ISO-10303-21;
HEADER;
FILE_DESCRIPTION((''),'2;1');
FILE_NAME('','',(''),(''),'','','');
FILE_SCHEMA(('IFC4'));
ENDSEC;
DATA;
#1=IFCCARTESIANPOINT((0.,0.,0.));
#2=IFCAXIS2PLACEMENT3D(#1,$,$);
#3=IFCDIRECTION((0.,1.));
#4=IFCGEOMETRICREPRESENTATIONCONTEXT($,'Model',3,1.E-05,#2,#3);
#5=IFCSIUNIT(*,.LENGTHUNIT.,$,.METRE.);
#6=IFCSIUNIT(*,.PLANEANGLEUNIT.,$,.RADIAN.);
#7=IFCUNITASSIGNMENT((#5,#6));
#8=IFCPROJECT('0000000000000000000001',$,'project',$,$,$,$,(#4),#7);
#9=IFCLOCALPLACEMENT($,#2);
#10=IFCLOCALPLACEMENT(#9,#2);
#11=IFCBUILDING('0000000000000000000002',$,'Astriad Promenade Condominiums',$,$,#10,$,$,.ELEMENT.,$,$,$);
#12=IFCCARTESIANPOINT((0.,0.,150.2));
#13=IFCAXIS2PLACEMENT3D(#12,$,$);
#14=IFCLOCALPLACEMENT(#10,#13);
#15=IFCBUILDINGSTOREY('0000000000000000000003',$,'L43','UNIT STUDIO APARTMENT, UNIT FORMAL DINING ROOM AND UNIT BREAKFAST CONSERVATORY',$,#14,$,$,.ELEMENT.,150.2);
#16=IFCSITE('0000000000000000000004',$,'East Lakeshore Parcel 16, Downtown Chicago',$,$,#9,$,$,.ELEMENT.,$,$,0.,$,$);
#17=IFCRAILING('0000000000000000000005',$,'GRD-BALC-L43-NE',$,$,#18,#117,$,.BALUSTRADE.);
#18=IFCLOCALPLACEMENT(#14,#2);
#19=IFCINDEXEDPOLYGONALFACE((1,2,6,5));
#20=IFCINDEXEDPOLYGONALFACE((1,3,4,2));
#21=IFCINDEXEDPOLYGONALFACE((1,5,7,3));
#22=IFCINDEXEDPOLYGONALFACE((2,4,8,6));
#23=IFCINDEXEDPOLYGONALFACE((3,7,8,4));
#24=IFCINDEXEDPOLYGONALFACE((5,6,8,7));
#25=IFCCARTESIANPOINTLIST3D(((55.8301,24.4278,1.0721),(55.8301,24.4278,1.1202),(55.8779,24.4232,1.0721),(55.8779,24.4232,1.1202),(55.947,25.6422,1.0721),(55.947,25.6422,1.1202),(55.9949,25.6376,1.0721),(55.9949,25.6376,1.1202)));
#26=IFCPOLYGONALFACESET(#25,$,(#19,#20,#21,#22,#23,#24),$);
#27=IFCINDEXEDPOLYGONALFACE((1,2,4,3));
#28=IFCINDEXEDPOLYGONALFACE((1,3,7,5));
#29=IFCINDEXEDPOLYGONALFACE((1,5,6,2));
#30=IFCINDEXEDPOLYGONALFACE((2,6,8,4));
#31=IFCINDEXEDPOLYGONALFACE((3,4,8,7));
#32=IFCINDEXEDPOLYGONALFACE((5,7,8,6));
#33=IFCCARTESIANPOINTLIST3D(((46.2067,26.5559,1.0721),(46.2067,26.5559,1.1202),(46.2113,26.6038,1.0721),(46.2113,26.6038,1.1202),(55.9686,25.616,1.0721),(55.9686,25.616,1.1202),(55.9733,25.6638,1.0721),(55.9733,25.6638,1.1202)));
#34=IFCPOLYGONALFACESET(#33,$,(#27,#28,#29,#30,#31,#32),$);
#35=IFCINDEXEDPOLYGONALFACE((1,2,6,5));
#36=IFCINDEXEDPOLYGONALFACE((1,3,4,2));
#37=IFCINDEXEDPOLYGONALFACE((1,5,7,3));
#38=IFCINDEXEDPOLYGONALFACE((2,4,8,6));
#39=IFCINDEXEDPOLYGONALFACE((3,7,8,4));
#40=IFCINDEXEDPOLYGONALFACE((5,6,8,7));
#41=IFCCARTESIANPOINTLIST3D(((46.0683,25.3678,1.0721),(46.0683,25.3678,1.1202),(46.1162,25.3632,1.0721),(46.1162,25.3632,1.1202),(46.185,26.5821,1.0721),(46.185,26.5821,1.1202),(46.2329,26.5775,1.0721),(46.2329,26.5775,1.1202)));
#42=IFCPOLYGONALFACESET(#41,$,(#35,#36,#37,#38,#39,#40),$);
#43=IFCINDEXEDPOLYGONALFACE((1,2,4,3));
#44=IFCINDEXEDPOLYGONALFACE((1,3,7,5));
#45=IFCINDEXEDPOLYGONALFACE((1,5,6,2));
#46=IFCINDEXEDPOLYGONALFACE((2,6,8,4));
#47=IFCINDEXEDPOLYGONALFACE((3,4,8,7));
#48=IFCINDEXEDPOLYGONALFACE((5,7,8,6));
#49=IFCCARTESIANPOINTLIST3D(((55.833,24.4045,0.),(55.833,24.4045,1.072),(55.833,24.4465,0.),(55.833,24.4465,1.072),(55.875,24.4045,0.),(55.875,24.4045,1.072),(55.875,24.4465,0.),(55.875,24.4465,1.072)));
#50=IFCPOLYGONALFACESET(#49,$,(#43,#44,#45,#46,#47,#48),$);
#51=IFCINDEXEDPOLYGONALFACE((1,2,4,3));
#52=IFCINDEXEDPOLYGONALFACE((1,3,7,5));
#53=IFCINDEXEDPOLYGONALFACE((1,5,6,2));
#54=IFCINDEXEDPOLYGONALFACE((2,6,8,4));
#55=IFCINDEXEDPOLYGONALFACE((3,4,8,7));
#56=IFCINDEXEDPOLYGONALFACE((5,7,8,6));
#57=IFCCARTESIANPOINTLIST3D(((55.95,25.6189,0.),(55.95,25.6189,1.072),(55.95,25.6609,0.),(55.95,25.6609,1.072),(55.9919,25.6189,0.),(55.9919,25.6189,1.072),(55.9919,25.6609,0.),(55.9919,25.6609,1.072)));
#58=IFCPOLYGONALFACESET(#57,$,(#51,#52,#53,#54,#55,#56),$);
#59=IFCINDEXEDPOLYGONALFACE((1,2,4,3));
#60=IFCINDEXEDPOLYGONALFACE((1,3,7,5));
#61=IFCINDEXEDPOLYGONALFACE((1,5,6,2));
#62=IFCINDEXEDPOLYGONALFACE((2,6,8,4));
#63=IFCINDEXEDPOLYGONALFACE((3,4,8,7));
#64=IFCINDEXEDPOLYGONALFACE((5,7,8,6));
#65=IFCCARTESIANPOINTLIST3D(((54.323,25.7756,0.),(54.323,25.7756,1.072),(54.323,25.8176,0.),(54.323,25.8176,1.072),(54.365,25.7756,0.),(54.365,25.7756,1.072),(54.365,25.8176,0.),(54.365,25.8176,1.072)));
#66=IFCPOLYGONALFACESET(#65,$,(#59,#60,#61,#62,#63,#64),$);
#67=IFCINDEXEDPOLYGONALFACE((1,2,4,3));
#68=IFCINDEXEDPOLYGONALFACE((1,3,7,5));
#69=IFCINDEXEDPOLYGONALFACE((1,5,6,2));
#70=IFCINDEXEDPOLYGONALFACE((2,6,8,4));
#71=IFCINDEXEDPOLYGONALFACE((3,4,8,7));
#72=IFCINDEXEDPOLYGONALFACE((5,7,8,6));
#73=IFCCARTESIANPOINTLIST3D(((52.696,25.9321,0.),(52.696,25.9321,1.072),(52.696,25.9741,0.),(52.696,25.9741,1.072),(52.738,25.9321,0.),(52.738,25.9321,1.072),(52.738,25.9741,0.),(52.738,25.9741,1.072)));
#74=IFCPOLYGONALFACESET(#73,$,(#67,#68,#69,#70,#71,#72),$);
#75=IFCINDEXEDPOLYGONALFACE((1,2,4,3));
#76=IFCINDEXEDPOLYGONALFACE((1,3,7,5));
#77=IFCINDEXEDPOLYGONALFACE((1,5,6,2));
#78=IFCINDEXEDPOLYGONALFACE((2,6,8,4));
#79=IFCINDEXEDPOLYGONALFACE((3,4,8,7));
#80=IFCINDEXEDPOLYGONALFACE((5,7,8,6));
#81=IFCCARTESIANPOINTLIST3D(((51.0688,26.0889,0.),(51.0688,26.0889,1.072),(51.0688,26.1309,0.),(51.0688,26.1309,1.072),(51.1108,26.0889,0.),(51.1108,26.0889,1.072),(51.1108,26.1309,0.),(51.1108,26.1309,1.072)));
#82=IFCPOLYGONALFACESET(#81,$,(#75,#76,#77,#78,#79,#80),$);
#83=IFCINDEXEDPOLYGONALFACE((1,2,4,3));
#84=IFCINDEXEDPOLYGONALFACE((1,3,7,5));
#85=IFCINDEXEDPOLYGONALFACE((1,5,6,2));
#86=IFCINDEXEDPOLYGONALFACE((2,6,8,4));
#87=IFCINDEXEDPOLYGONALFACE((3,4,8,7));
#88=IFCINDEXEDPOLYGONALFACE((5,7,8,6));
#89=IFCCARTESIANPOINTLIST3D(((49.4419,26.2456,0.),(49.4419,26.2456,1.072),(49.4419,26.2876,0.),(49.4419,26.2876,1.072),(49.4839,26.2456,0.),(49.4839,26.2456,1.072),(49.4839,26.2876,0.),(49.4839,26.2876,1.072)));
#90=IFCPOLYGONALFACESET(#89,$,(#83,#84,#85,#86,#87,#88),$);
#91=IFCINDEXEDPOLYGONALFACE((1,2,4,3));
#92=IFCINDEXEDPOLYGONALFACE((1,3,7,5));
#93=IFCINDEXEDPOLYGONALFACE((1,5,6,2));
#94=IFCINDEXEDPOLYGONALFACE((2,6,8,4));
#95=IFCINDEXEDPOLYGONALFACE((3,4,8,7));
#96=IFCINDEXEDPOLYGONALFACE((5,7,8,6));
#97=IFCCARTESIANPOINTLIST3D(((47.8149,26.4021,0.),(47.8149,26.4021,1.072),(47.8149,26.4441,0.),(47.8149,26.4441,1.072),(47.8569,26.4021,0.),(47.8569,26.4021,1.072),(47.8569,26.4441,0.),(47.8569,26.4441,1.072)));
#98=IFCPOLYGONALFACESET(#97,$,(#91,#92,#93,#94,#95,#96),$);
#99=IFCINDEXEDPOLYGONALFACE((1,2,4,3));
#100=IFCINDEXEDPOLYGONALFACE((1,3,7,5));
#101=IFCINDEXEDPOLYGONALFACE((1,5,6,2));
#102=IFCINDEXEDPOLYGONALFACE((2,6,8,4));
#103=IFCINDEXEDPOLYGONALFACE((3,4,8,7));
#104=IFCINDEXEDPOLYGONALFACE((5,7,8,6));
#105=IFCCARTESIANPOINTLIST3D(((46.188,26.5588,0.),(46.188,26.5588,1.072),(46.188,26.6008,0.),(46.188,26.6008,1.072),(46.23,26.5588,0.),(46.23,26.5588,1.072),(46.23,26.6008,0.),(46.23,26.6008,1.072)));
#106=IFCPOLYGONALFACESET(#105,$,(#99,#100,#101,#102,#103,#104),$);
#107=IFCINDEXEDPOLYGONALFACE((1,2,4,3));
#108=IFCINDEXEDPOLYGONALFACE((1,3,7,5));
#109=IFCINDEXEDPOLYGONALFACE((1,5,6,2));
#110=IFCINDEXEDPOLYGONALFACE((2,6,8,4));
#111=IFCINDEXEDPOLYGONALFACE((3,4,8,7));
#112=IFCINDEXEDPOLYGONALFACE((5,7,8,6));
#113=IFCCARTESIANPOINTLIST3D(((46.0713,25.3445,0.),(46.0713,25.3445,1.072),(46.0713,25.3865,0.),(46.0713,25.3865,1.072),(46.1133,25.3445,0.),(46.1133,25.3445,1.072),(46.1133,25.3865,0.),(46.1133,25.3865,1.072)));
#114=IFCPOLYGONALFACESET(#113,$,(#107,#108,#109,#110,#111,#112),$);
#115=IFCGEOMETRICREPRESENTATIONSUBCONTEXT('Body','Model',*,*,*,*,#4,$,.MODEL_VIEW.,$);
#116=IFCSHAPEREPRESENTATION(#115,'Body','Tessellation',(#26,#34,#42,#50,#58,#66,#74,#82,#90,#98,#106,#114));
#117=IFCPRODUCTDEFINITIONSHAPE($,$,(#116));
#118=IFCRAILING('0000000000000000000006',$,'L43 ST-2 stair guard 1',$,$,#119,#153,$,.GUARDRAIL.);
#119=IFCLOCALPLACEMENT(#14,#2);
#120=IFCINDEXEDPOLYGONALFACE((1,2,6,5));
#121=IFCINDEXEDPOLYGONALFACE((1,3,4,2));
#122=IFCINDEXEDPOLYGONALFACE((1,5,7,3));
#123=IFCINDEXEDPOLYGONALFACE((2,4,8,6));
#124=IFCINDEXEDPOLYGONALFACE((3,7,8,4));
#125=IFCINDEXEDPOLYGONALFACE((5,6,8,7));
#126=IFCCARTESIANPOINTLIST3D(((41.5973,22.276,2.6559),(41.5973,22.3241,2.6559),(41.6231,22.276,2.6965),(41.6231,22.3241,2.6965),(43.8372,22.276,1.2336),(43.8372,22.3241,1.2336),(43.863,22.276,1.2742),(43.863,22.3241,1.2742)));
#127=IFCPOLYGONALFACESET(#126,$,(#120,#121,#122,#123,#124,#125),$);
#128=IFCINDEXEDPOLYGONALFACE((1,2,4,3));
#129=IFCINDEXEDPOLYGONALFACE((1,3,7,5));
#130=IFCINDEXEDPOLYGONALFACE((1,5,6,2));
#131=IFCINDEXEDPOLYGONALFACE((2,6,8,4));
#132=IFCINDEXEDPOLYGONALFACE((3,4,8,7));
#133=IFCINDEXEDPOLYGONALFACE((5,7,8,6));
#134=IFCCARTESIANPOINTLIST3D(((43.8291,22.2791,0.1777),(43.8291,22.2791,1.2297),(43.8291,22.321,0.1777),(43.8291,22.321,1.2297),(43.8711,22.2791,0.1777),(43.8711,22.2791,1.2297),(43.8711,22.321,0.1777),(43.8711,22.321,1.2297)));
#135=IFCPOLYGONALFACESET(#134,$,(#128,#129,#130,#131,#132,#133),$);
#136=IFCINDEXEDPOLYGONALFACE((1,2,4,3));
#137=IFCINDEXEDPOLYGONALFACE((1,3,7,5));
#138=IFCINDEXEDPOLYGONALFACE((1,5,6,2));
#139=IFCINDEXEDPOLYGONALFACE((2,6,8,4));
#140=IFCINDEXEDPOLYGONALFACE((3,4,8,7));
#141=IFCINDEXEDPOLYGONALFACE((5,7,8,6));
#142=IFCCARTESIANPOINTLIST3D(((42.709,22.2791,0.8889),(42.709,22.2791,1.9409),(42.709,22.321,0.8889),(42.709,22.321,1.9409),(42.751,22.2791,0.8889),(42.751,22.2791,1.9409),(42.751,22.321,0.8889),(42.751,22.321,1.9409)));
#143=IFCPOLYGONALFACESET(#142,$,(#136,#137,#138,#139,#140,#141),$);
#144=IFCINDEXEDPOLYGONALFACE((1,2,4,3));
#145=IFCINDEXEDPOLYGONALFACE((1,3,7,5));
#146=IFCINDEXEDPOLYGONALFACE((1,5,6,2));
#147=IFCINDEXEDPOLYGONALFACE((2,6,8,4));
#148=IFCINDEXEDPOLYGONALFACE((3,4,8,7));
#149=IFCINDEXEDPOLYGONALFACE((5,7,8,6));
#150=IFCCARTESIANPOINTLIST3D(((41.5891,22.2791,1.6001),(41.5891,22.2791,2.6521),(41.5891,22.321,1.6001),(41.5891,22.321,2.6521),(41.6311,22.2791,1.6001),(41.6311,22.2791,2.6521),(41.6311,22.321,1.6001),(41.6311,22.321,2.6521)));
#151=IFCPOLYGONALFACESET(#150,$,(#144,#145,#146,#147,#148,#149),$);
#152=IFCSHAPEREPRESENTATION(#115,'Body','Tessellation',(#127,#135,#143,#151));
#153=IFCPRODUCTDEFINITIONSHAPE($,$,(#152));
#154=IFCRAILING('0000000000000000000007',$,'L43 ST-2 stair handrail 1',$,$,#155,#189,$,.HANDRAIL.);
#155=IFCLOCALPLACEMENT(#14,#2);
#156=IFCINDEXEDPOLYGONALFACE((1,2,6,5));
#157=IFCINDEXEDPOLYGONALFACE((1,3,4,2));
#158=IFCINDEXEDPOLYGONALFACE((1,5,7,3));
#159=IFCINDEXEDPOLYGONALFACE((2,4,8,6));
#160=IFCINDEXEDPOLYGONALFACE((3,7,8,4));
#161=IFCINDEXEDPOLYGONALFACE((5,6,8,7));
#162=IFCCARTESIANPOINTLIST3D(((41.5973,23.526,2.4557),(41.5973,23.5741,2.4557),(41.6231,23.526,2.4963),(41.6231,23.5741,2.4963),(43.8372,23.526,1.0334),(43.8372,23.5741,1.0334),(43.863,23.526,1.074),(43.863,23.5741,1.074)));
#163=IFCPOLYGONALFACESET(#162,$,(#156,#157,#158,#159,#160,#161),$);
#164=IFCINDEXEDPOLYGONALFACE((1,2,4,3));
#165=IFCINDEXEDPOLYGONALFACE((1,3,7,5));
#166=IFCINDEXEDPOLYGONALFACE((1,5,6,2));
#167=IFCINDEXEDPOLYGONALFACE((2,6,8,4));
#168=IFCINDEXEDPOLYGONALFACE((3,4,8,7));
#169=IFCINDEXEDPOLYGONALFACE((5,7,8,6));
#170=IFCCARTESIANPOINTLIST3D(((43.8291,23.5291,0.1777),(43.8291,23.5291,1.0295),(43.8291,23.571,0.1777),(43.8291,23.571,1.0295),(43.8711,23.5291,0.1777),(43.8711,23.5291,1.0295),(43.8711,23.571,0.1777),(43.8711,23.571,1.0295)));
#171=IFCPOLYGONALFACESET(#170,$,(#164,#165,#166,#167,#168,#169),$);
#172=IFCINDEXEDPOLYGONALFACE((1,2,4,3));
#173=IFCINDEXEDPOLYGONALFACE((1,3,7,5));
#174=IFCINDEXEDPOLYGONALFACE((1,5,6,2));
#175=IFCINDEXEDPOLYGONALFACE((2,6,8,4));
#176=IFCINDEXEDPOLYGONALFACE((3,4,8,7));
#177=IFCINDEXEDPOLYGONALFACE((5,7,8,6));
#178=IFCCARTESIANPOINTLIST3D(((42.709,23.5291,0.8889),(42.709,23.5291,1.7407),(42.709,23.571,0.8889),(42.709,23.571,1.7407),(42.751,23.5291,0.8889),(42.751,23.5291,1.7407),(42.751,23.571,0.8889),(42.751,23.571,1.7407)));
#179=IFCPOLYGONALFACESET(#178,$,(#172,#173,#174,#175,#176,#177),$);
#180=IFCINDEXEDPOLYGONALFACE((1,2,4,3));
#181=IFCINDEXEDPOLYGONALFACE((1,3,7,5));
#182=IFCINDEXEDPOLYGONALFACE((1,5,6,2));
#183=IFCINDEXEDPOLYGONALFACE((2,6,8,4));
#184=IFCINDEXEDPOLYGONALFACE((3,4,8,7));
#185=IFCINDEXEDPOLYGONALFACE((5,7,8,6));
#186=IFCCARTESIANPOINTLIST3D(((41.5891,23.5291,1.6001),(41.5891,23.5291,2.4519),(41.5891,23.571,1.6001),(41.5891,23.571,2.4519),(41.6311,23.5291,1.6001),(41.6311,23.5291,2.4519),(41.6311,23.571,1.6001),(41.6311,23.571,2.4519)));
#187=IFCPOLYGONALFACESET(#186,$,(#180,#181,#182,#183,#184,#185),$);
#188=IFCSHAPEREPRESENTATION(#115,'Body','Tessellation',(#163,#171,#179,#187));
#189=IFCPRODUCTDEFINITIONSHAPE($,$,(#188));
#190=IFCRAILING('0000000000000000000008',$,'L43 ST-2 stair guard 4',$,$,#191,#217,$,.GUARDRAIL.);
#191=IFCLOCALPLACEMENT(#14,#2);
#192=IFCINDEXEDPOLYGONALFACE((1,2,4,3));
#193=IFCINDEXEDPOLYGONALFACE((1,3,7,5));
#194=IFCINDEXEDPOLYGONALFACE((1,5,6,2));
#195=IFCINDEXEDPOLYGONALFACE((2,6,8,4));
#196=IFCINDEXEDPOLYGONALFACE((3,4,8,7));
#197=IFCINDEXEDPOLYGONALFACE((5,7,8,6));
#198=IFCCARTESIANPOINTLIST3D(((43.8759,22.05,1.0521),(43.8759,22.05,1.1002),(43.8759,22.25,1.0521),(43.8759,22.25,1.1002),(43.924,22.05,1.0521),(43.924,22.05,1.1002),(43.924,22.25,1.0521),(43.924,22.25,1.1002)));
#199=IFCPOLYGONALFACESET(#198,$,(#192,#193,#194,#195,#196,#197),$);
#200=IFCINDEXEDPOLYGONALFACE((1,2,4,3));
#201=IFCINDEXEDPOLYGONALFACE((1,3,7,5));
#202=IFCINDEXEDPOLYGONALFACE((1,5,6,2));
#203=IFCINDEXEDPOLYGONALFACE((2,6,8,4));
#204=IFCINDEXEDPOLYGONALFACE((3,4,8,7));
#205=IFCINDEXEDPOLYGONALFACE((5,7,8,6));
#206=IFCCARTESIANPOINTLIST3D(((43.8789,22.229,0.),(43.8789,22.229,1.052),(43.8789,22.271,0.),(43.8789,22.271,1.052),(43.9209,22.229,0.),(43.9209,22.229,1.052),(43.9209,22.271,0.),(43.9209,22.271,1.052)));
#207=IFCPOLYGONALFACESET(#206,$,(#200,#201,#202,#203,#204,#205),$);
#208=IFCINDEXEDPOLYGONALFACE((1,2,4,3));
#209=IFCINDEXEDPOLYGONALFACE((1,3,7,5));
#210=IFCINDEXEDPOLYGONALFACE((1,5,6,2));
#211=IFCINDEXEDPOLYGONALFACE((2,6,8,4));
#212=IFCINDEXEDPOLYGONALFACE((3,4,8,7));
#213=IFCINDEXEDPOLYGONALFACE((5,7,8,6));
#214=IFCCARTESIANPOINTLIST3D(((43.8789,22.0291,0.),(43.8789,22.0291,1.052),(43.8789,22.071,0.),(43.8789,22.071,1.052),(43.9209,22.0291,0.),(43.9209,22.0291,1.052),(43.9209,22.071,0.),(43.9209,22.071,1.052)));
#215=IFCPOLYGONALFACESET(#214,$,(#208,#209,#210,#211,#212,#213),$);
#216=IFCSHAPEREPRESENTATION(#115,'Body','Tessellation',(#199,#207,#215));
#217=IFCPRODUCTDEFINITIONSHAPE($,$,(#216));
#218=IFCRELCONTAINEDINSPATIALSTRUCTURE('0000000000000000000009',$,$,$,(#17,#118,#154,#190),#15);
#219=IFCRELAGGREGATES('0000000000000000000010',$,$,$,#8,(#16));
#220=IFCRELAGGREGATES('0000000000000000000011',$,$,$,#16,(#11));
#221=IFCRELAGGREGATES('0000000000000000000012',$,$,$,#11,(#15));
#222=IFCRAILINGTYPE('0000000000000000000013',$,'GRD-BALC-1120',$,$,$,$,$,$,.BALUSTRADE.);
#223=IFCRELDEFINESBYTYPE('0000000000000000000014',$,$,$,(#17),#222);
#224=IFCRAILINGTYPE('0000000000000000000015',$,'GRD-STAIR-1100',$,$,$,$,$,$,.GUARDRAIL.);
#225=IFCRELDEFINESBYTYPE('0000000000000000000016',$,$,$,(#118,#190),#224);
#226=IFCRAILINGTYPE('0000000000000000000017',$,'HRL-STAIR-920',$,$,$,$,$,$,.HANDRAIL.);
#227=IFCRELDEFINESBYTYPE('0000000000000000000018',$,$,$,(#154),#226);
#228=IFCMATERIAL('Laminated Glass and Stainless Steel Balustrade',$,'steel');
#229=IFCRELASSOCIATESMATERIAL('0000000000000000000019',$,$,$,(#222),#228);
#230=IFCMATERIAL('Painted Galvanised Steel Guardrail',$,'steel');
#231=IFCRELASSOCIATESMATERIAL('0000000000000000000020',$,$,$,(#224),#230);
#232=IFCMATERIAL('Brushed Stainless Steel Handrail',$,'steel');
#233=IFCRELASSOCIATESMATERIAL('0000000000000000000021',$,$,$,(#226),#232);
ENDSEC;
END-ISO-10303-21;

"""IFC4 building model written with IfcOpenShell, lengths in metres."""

from ifc_helpers import new_model, si_unit, direction, frame, origin, origin_2d, place, context, subcontext, project, spatial, rectangle, extrude, source, transform, mapped, material, type_object, type_shapes, element, save


model = new_model("IFC4")

# Units and contexts
model_context = context("Model", 3, precision=1e-05, world=origin(), true_north=direction((0.0, 1.0)))
body_context = subcontext(model_context, "Body", "Model", "MODEL_VIEW")
ifc_project = project(units=[si_unit("LENGTHUNIT", "METRE"), si_unit("PLANEANGLEUNIT", "RADIAN")], contexts=[model_context])

# Site, building, storey
site_placement = place(None, origin())
site = spatial("IfcSite", under=ifc_project, at=site_placement, Name="East Lakeshore Parcel 16, Downtown Chicago", CompositionType="ELEMENT", RefElevation=0.0)
building_placement = place(site_placement, origin())
building = spatial("IfcBuilding", under=site, at=building_placement, Name="Astriad Promenade Condominiums", CompositionType="ELEMENT")
storey_placement = place(building_placement, frame((0.0, 0.0, 150.2)))
storey = spatial("IfcBuildingStorey", under=building, at=storey_placement, Name="L43", Description="UNIT STUDIO APARTMENT, UNIT FORMAL DINING ROOM AND UNIT BREAKFAST CONSERVATORY", CompositionType="ELEMENT", Elevation=150.2)

# Railings
ifc_material_1 = material(Name="Laminated Glass and Stainless Steel Balustrade", Category="steel")
railing_type_1 = type_object("IfcRailingType", Name="GRD-BALC-1120", PredefinedType="BALUSTRADE", material=ifc_material_1)
shared_shape_1 = source(origin(), body_context, "Body", "SweptSolid", [
    extrude(rectangle(XDim=0.0481, YDim=0.0481, at=origin_2d()), frame((0.0, 0.0, 1.0962), z_axis=(0.095857, 0.995395, 0.0), x_axis=(-0.995395, 0.095857, 0.0)), (0.0, 0.0, 1.0), 1.22),
    extrude(rectangle(XDim=0.0481, YDim=0.0481, at=origin_2d()), frame((0.1169, 1.2144, 1.0962), z_axis=(-0.995396, 0.095843, 0.0), x_axis=(-0.095843, -0.995396, 0.0)), (0.0, 0.0, 1.0), 9.8071),
    extrude(rectangle(XDim=0.0481, YDim=0.0481, at=origin_2d()), frame((-9.645, 2.1543, 1.0962), z_axis=(-0.095659, -0.995414, 0.0), x_axis=(0.995414, -0.095659, 0.0)), (0.0, 0.0, 1.0), 1.22),
    extrude(rectangle(XDim=0.042, YDim=0.042, at=origin_2d()), origin(), (0.0, 0.0, 1.0), 1.072),
    extrude(rectangle(XDim=0.042, YDim=0.042, at=origin_2d()), frame((0.1169, 1.2144, 0.0)), (0.0, 0.0, 1.0), 1.072),
    extrude(rectangle(XDim=0.042, YDim=0.042, at=origin_2d()), frame((-1.51, 1.3711, 0.0)), (0.0, 0.0, 1.0), 1.072),
    extrude(rectangle(XDim=0.042, YDim=0.042, at=origin_2d()), frame((-3.137, 1.5276, 0.0)), (0.0, 0.0, 1.0), 1.072),
    extrude(rectangle(XDim=0.042, YDim=0.042, at=origin_2d()), frame((-4.7642, 1.6843, 0.0)), (0.0, 0.0, 1.0), 1.072),
    extrude(rectangle(XDim=0.042, YDim=0.042, at=origin_2d()), frame((-6.3911, 1.8411, 0.0)), (0.0, 0.0, 1.0), 1.072),
    extrude(rectangle(XDim=0.042, YDim=0.042, at=origin_2d()), frame((-8.0181, 1.9976, 0.0)), (0.0, 0.0, 1.0), 1.072),
    extrude(rectangle(XDim=0.042, YDim=0.042, at=origin_2d()), frame((-9.645, 2.1543, 0.0)), (0.0, 0.0, 1.0), 1.072),
    extrude(rectangle(XDim=0.042, YDim=0.042, at=origin_2d()), frame((-9.7617, 0.9399, 0.0)), (0.0, 0.0, 1.0), 1.072),
])
type_shapes(railing_type_1, [shared_shape_1])
railing_1_placement = place(storey_placement, frame((55.854, 24.4255, 0.0)))
element("IfcRailing", 1, at=railing_1_placement, inside=storey, type_object=railing_type_1, Name="GRD-BALC-L43-NE", PredefinedType="BALUSTRADE", context=body_context, shape_type="MappedRepresentation", body=[
    mapped(shared_shape_1, transform((0.0, 0.0, 0.0), scale=1.0)),
])
ifc_material_2 = material(Name="Painted Galvanised Steel Guardrail", Category="steel")
railing_type_2 = type_object("IfcRailingType", Name="GRD-STAIR-1100", PredefinedType="GUARDRAIL", material=ifc_material_2)
shared_shape_2 = source(origin(), body_context, "Body", "SweptSolid", [
    extrude(rectangle(XDim=0.0481, YDim=0.0481, at=origin_2d()), frame((0.0, 0.0, 1.0762), z_axis=(-0.844188, 0.0, 0.536048), x_axis=(0.0, -1.0, 0.0)), (0.0, 0.0, 1.0), 2.6533),
    extrude(rectangle(XDim=0.042, YDim=0.042, at=origin_2d()), origin(), (0.0, 0.0, 1.0), 1.052),
    extrude(rectangle(XDim=0.042, YDim=0.042, at=origin_2d()), frame((-1.1201, 0.0, 0.7112)), (0.0, 0.0, 1.0), 1.052),
    extrude(rectangle(XDim=0.042, YDim=0.042, at=origin_2d()), frame((-2.24, 0.0, 1.4224)), (0.0, 0.0, 1.0), 1.052),
])
railing_2_placement = place(storey_placement, frame((43.8501, 22.3, 0.1777)))
element("IfcRailing", 2, at=railing_2_placement, inside=storey, type_object=railing_type_2, Name="L43 ST-2 stair guard 1", PredefinedType="GUARDRAIL", context=body_context, shape_type="MappedRepresentation", body=[
    mapped(shared_shape_2, transform((0.0, 0.0, 0.0), scale=1.0)),
])
ifc_material_3 = material(Name="Brushed Stainless Steel Handrail", Category="steel")
railing_type_3 = type_object("IfcRailingType", Name="HRL-STAIR-920", PredefinedType="HANDRAIL", material=ifc_material_3)
shared_shape_3 = source(origin(), body_context, "Body", "SweptSolid", [
    extrude(rectangle(XDim=0.0481, YDim=0.0481, at=origin_2d()), frame((0.0, 0.0, 0.876), z_axis=(-0.844188, 0.0, 0.536048), x_axis=(0.0, -1.0, 0.0)), (0.0, 0.0, 1.0), 2.6533),
    extrude(rectangle(XDim=0.042, YDim=0.042, at=origin_2d()), origin(), (0.0, 0.0, 1.0), 0.8518),
    extrude(rectangle(XDim=0.042, YDim=0.042, at=origin_2d()), frame((-1.1201, 0.0, 0.7112)), (0.0, 0.0, 1.0), 0.8518),
    extrude(rectangle(XDim=0.042, YDim=0.042, at=origin_2d()), frame((-2.24, 0.0, 1.4224)), (0.0, 0.0, 1.0), 0.8518),
])
type_shapes(railing_type_3, [shared_shape_3])
railing_3_placement = place(storey_placement, frame((43.8501, 23.55, 0.1777)))
element("IfcRailing", 3, at=railing_3_placement, inside=storey, type_object=railing_type_3, Name="L43 ST-2 stair handrail 1", PredefinedType="HANDRAIL", context=body_context, shape_type="MappedRepresentation", body=[
    mapped(shared_shape_3, transform((0.0, 0.0, 0.0), scale=1.0)),
])
shared_shape_4 = source(origin(), body_context, "Body", "SweptSolid", [
    extrude(rectangle(XDim=0.0481, YDim=0.0481, at=origin_2d()), frame((0.0, 0.0, 1.0762), z_axis=(0.0, -1.0, 0.0), x_axis=(1.0, 0.0, 0.0)), (0.0, 0.0, 1.0), 0.2),
    extrude(rectangle(XDim=0.042, YDim=0.042, at=origin_2d()), origin(), (0.0, 0.0, 1.0), 1.052),
    extrude(rectangle(XDim=0.042, YDim=0.042, at=origin_2d()), frame((0.0, -0.2, 0.0)), (0.0, 0.0, 1.0), 1.052),
])
type_shapes(railing_type_2, [shared_shape_2, shared_shape_4])
railing_4_placement = place(storey_placement, frame((43.8999, 22.25, 0.0)))
element("IfcRailing", 4, at=railing_4_placement, inside=storey, type_object=railing_type_2, Name="L43 ST-2 stair guard 4", PredefinedType="GUARDRAIL", context=body_context, shape_type="MappedRepresentation", body=[
    mapped(shared_shape_4, transform((0.0, 0.0, 0.0), scale=1.0)),
])

save(model, "model.ifc")
